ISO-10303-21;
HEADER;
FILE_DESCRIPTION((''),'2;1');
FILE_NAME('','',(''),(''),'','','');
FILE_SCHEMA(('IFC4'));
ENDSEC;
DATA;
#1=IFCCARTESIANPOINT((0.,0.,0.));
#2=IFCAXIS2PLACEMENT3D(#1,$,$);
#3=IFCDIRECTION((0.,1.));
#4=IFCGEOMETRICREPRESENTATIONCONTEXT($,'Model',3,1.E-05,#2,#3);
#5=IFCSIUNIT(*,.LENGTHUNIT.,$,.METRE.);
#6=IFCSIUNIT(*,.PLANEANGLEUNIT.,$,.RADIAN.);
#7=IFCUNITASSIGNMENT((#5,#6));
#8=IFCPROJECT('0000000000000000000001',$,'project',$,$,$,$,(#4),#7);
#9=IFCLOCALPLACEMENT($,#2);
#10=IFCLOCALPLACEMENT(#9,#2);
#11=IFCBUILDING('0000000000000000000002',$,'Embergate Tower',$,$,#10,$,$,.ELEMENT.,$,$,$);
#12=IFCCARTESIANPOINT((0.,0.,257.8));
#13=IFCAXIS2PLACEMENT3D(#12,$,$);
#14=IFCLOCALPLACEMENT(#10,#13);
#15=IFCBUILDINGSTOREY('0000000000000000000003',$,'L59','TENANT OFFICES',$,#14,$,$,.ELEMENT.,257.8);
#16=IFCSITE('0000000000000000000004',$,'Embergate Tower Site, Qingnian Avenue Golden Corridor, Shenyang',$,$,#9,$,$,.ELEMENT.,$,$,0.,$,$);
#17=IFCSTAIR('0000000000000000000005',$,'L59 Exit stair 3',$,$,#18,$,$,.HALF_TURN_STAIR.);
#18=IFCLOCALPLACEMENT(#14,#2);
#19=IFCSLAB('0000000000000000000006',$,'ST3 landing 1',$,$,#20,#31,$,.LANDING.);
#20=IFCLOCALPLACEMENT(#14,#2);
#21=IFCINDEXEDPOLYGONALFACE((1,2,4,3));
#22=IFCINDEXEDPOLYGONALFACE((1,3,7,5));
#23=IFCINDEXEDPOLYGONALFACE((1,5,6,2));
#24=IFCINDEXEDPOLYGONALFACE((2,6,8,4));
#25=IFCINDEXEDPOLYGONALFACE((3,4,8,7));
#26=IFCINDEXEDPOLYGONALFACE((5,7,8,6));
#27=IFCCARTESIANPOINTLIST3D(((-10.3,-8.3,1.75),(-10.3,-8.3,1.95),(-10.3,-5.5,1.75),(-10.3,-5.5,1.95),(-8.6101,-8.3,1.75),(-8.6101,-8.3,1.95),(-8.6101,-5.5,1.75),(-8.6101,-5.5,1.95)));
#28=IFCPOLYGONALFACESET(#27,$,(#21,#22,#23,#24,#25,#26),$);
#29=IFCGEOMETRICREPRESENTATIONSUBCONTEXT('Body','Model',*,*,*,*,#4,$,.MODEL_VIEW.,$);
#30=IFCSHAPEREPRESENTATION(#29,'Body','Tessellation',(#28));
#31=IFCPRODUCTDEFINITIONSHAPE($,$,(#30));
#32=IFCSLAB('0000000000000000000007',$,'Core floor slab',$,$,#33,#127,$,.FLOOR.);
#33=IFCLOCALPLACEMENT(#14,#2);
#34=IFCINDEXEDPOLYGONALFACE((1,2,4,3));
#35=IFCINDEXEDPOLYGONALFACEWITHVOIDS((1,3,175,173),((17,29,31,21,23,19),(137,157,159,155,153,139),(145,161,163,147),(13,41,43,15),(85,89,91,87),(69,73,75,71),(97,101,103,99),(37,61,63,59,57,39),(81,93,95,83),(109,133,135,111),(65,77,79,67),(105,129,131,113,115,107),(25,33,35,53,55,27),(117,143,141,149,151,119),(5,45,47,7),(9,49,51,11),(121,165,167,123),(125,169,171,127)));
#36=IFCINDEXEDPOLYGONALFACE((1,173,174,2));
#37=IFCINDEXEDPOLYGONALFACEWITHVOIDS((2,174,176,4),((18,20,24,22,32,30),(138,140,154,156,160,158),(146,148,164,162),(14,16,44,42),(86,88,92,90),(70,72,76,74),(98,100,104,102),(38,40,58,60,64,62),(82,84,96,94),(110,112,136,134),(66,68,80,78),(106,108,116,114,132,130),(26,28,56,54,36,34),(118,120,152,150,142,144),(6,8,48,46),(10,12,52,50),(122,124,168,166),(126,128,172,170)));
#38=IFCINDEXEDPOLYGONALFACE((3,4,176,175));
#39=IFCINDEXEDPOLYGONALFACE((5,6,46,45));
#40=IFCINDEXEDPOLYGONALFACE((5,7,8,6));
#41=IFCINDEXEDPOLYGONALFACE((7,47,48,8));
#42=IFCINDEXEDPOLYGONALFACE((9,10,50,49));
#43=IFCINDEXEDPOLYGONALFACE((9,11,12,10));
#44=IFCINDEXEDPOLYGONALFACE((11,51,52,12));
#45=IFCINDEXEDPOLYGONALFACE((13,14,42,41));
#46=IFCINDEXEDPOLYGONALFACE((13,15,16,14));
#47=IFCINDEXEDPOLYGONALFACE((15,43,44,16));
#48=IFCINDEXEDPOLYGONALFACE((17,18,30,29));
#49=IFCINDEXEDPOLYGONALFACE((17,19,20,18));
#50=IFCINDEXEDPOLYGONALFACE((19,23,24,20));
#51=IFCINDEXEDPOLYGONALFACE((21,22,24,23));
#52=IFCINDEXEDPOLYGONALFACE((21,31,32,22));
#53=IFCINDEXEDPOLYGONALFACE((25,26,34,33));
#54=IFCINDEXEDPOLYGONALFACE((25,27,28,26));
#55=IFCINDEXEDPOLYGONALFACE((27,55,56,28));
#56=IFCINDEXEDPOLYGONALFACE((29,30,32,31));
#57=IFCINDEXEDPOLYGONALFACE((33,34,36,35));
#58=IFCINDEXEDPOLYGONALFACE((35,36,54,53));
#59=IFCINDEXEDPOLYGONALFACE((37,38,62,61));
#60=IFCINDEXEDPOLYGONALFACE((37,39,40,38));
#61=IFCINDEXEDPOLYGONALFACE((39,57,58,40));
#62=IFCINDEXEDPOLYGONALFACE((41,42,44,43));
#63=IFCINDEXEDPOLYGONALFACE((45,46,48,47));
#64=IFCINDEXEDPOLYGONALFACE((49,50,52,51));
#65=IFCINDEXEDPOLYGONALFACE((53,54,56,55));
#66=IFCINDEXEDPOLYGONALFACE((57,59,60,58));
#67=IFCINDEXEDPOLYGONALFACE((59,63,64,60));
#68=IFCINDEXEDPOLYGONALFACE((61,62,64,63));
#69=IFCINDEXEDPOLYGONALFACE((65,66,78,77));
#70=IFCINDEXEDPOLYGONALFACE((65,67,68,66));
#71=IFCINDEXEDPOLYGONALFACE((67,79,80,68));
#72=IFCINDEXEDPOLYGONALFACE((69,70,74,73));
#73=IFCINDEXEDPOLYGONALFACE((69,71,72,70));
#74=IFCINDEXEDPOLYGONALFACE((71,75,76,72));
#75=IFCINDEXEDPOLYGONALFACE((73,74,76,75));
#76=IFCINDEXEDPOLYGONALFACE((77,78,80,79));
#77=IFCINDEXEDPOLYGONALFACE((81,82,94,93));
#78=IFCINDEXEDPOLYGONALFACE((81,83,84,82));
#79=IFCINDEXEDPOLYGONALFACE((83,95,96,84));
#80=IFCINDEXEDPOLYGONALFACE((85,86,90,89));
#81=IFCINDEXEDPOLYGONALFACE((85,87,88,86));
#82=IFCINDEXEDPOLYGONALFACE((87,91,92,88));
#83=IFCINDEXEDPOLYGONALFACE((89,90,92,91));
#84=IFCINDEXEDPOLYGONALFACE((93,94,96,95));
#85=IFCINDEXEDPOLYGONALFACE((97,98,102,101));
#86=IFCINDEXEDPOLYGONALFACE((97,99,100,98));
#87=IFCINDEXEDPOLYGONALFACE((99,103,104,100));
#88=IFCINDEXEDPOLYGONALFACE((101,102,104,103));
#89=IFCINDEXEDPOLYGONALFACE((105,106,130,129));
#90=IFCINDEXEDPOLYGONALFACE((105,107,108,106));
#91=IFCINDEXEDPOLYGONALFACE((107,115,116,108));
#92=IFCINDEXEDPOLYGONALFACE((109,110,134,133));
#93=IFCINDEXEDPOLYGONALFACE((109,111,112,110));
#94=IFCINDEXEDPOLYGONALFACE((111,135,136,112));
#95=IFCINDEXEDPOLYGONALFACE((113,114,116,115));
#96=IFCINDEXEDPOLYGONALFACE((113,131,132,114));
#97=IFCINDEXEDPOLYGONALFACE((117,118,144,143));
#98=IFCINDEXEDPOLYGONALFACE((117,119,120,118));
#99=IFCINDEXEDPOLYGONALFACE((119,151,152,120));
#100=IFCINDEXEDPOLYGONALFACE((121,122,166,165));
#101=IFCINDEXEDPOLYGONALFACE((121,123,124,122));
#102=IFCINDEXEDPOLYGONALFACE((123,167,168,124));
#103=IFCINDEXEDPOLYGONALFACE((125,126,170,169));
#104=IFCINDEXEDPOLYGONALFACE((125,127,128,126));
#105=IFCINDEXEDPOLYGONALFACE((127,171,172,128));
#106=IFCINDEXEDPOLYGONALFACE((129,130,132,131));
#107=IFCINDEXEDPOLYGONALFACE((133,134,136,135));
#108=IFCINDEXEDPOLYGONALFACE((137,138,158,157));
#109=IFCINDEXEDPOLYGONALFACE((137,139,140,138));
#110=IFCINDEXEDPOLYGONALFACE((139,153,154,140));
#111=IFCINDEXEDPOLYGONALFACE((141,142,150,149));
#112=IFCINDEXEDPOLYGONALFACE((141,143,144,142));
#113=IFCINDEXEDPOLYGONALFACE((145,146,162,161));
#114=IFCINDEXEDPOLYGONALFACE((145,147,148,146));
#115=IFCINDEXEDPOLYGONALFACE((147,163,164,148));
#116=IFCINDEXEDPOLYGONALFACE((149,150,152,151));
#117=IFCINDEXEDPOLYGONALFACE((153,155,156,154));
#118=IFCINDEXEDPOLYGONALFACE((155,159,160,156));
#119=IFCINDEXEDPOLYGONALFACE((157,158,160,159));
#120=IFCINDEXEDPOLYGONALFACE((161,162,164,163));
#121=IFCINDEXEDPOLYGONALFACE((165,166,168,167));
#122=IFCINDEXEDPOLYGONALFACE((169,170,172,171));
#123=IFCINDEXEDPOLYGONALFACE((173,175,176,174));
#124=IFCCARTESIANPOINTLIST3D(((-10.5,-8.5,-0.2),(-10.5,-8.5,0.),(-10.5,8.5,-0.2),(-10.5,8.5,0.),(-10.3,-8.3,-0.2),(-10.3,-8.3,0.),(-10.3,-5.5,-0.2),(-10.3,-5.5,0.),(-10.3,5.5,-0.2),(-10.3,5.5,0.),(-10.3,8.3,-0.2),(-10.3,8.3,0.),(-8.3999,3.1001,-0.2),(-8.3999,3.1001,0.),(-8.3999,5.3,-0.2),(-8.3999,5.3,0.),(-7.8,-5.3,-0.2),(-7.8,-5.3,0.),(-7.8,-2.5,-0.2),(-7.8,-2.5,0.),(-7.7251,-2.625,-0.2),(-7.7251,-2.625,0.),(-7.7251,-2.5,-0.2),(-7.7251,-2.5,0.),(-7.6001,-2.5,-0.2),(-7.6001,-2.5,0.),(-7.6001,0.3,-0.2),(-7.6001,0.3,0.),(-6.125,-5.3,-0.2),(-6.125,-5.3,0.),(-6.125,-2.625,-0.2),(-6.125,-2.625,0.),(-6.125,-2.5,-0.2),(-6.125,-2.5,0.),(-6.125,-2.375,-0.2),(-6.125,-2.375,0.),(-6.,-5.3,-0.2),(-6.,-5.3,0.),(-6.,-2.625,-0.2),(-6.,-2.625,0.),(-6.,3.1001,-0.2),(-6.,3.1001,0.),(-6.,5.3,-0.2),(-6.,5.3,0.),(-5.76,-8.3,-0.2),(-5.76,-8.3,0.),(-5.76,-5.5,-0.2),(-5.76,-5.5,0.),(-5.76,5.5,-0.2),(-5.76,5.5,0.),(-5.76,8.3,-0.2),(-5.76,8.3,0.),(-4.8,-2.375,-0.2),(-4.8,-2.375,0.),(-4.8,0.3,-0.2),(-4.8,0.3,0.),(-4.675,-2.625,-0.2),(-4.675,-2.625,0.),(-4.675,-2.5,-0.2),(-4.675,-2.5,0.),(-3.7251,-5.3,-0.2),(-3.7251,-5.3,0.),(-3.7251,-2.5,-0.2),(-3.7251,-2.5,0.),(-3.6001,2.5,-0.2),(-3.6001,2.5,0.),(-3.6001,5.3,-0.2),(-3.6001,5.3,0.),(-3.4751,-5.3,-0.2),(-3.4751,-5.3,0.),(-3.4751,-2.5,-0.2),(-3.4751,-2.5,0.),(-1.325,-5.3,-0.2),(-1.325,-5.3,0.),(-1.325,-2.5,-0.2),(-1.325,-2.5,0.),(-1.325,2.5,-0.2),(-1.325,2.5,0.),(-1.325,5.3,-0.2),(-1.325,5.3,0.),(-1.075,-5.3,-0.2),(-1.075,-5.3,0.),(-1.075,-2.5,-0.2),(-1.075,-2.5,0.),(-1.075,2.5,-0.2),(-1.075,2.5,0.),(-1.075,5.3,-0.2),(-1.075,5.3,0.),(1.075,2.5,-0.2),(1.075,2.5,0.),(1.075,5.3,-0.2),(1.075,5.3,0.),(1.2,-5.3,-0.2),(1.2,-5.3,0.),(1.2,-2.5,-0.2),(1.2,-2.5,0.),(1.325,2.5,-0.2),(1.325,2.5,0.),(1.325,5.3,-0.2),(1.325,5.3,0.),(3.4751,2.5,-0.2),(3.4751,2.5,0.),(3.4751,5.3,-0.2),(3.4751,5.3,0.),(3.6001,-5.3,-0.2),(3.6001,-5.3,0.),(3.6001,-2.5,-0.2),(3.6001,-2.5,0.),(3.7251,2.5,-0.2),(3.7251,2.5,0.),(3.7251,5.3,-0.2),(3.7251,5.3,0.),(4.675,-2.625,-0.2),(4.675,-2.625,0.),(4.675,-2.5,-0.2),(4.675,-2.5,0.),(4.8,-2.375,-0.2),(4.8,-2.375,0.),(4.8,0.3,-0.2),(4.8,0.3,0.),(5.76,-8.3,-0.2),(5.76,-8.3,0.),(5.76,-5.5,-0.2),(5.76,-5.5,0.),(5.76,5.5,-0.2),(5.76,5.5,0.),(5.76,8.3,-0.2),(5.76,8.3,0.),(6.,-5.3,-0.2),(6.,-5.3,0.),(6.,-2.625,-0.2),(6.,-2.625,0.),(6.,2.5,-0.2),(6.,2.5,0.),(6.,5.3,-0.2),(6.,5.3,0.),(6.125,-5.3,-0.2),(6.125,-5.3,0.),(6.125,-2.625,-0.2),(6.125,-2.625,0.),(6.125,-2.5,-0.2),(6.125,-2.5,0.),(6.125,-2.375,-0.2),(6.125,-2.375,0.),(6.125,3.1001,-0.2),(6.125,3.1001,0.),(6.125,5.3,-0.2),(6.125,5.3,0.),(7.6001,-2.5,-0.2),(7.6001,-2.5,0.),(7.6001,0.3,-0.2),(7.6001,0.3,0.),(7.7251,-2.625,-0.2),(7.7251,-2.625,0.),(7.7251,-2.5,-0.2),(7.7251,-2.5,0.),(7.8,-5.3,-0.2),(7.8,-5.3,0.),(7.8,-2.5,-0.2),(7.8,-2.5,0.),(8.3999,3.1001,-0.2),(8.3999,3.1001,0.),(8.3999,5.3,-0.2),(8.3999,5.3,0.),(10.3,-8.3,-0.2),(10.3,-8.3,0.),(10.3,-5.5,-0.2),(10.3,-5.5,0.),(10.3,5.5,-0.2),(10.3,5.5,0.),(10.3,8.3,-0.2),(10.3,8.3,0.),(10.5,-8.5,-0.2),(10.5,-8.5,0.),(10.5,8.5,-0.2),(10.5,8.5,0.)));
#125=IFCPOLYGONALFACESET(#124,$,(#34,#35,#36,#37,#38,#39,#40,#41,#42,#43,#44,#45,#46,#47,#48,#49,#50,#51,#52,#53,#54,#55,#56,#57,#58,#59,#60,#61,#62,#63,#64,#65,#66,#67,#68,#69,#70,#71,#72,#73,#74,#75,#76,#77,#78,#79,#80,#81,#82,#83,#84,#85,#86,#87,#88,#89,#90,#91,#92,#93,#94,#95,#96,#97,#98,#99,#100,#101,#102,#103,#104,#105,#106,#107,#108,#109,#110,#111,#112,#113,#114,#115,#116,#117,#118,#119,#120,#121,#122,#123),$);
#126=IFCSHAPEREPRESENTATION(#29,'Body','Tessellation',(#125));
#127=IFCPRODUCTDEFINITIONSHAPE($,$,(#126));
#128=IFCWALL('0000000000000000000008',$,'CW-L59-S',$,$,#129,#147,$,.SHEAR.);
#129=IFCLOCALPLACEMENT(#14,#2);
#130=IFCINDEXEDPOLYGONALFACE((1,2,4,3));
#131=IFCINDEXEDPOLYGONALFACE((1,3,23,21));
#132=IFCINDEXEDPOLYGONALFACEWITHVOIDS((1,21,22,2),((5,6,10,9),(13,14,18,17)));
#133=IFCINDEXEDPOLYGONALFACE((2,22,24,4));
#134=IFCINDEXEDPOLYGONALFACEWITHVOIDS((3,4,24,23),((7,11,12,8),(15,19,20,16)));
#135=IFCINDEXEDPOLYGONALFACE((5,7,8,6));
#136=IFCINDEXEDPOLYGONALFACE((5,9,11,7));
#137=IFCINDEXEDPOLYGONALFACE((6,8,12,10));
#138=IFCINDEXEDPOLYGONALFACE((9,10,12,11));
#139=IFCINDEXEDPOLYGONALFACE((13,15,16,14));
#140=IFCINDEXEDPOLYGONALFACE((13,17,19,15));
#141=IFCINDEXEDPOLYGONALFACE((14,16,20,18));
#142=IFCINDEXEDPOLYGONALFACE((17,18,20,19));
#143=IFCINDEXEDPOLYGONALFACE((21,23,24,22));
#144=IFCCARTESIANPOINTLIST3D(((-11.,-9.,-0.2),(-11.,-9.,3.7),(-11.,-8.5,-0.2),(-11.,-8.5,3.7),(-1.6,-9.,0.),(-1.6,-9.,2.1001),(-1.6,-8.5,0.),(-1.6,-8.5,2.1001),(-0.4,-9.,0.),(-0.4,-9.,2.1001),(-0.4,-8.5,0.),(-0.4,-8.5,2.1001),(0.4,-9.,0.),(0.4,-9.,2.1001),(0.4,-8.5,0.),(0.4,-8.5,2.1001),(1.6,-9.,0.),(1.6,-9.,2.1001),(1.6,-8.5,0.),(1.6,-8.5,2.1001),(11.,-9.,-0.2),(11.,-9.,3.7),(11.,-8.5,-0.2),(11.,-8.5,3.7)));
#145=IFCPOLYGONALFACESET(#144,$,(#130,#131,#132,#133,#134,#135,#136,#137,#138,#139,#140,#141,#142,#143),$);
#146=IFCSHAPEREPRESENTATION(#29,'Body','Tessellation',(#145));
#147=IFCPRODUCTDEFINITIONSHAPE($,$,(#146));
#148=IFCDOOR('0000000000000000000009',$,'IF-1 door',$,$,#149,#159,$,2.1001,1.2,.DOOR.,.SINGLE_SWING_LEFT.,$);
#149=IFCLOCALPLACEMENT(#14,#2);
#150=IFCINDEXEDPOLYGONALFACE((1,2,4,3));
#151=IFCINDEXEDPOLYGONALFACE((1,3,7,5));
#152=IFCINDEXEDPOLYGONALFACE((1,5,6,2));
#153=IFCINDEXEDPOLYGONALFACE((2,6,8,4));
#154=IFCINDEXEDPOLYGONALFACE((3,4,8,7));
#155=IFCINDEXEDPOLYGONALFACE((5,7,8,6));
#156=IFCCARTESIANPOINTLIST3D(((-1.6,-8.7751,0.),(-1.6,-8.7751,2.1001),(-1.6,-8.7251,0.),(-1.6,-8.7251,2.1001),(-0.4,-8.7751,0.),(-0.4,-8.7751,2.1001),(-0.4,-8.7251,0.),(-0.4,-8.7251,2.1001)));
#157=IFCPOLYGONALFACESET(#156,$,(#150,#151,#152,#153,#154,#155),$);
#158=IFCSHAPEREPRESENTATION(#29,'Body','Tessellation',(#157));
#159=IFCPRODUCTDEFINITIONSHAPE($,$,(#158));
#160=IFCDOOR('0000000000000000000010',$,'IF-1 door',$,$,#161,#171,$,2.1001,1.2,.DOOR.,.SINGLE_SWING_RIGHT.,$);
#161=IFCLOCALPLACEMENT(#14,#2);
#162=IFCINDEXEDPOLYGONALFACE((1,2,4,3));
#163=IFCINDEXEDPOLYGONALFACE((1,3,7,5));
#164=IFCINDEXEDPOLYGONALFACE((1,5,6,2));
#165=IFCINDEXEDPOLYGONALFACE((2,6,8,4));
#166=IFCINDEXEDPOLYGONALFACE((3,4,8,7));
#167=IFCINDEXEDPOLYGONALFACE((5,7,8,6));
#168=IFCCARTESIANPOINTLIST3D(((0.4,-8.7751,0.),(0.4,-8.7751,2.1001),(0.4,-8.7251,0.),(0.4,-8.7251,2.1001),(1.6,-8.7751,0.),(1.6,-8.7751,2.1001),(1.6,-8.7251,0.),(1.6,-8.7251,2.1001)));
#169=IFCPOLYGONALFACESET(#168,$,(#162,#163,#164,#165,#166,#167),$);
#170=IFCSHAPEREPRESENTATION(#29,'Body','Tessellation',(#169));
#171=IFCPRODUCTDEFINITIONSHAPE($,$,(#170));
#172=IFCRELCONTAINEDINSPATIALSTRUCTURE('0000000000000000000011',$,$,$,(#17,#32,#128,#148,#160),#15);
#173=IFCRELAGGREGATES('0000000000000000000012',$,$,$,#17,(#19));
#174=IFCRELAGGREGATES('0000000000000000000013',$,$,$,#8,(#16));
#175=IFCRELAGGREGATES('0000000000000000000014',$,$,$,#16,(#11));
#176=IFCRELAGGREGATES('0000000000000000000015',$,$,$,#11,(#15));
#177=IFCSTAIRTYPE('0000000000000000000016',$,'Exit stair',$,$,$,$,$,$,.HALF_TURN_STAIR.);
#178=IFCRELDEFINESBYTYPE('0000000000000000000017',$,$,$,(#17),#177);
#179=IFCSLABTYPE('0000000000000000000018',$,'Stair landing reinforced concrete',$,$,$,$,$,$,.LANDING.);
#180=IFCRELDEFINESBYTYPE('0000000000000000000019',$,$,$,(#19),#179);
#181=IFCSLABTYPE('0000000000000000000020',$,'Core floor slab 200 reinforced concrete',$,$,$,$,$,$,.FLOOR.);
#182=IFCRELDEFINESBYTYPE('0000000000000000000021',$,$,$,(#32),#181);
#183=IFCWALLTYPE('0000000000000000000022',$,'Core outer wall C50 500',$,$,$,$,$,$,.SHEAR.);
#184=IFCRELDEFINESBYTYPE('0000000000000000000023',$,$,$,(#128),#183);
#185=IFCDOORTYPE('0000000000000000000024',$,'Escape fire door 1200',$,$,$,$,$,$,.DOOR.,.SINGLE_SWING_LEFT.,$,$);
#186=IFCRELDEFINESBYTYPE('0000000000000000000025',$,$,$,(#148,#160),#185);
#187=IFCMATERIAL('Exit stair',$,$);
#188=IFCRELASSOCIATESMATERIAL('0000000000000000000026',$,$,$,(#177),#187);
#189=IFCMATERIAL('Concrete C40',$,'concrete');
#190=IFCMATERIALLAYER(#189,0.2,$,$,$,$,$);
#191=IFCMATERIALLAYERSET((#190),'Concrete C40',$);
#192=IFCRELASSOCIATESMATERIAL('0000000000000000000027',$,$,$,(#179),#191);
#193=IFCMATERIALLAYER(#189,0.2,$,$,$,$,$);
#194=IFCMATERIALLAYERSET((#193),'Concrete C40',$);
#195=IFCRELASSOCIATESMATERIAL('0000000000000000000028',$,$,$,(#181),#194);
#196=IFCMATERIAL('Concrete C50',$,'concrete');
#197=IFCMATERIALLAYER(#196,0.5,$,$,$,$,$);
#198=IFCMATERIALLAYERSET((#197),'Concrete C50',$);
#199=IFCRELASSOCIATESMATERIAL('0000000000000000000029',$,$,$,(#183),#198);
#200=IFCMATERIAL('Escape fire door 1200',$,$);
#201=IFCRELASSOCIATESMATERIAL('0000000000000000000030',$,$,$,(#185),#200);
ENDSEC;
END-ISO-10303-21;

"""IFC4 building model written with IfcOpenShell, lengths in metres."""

from ifc_helpers import new_model, si_unit, direction, frame, frame_2d, origin, place, context, subcontext, project, spatial, polyline, rectangle, outline, extrude, source, transform, mapped, material, layer, layer_set, type_object, element, fill, aggregate, save


model = new_model("IFC4")

# Units and contexts
model_context = context("Model", 3, precision=1e-05, world=origin(), true_north=direction((0.0, 1.0)))
body_context = subcontext(model_context, "Body", "Model", "MODEL_VIEW")
ifc_project = project(units=[si_unit("LENGTHUNIT", "METRE"), si_unit("PLANEANGLEUNIT", "RADIAN")], contexts=[model_context])

# Site, building, storey
site_placement = place(None, origin())
site = spatial("IfcSite", under=ifc_project, at=site_placement, Name="Embergate Tower Site, Qingnian Avenue Golden Corridor, Shenyang", CompositionType="ELEMENT", RefElevation=0.0)
building_placement = place(site_placement, origin())
building = spatial("IfcBuilding", under=site, at=building_placement, Name="Embergate Tower", CompositionType="ELEMENT")
storey_placement = place(building_placement, frame((0.0, 0.0, 257.8)))
storey = spatial("IfcBuildingStorey", under=building, at=storey_placement, Name="L59", Description="TENANT OFFICES", CompositionType="ELEMENT", Elevation=257.8)

# Stair, slab
ifc_material_1 = material(Name="Exit stair")
stair_type = type_object("IfcStairType", Name="Exit stair", PredefinedType="HALF_TURN_STAIR", material=ifc_material_1)
stair_placement = place(storey_placement, origin())
stair = element("IfcStair", 1, at=stair_placement, inside=storey, type_object=stair_type, Name="L59 Exit stair 3", PredefinedType="HALF_TURN_STAIR")
ifc_material_2 = material(Name="Concrete C40", Category="concrete")
ifc_layer_1 = layer(ifc_material_2, 0.2)
ifc_layer_set_1 = layer_set([ifc_layer_1], Name="Concrete C40")
slab_type_1 = type_object("IfcSlabType", Name="Stair landing reinforced concrete", PredefinedType="LANDING", material=ifc_layer_set_1)
shared_shape_1 = source(origin(), body_context, "Body", "SweptSolid", [
    extrude(outline(polyline([(0.0, 0.0), (1.6899, 0.0), (1.6899, 2.8), (0.0, 2.8), (0.0, 0.0)])), origin(), (0.0, 0.0, 1.0), 0.2),
])
slab_1_placement = place(storey_placement, frame((-10.3, -8.3, 1.75)))
slab_1 = element("IfcSlab", 2, at=slab_1_placement, type_object=slab_type_1, Name="ST3 landing 1", PredefinedType="LANDING", context=body_context, shape_type="MappedRepresentation", body=[
    mapped(shared_shape_1, transform((0.0, 0.0, 0.0))),
])
aggregate(stair, [slab_1])

# Slab
ifc_layer_2 = layer(ifc_material_2, 0.2)
ifc_layer_set_2 = layer_set([ifc_layer_2], Name="Concrete C40")
slab_type_2 = type_object("IfcSlabType", Name="Core floor slab 200 reinforced concrete", PredefinedType="FLOOR", material=ifc_layer_set_2)
shared_shape_2 = source(origin(), body_context, "Body", "SweptSolid", [
    extrude(outline(polyline([(0.0, 0.0), (21.0, 0.0), (21.0, 17.0), (0.0, 17.0), (0.0, 0.0)]), holes=[polyline([(0.2, 0.2), (0.2, 3.0), (4.74, 3.0), (4.74, 0.2), (0.2, 0.2)]), polyline([(16.26, 0.2), (16.26, 3.0), (20.8, 3.0), (20.8, 0.2), (16.26, 0.2)]), polyline([(2.7, 3.2), (2.7, 6.0), (2.7749, 6.0), (2.7749, 5.875), (4.375, 5.875), (4.375, 3.2), (2.7, 3.2)]), polyline([(4.5, 3.2), (4.5, 5.875), (5.825, 5.875), (5.825, 6.0), (6.7749, 6.0), (6.7749, 3.2), (4.5, 3.2)]), polyline([(7.0249, 3.2), (7.0249, 6.0), (9.175, 6.0), (9.175, 3.2), (7.0249, 3.2)]), polyline([(9.425, 3.2), (9.425, 6.0), (11.7, 6.0), (11.7, 3.2), (9.425, 3.2)]), polyline([(14.1001, 3.2), (14.1001, 6.0), (15.175, 6.0), (15.175, 5.875), (16.5, 5.875), (16.5, 3.2), (14.1001, 3.2)]), polyline([(16.625, 3.2), (16.625, 5.875), (18.2251, 5.875), (18.2251, 6.0), (18.3, 6.0), (18.3, 3.2), (16.625, 3.2)]), polyline([(2.8999, 6.0), (2.8999, 8.8), (5.7, 8.8), (5.7, 6.125), (4.375, 6.125), (4.375, 6.0), (2.8999, 6.0)]), polyline([(16.625, 6.0), (16.625, 6.125), (15.3, 6.125), (15.3, 8.8), (18.1001, 8.8), (18.1001, 6.0), (16.625, 6.0)]), polyline([(6.8999, 11.0), (6.8999, 13.8), (9.175, 13.8), (9.175, 11.0), (6.8999, 11.0)]), polyline([(9.425, 11.0), (9.425, 13.8), (11.575, 13.8), (11.575, 11.0), (9.425, 11.0)]), polyline([(11.825, 11.0), (11.825, 13.8), (13.9751, 13.8), (13.9751, 11.0), (11.825, 11.0)]), polyline([(14.2251, 11.0), (14.2251, 13.8), (16.5, 13.8), (16.5, 11.0), (14.2251, 11.0)]), polyline([(2.1001, 11.6001), (2.1001, 13.8), (4.5, 13.8), (4.5, 11.6001), (2.1001, 11.6001)]), polyline([(16.625, 11.6001), (16.625, 13.8), (18.8999, 13.8), (18.8999, 11.6001), (16.625, 11.6001)]), polyline([(0.2, 14.0), (0.2, 16.8), (4.74, 16.8), (4.74, 14.0), (0.2, 14.0)]), polyline([(16.26, 14.0), (16.26, 16.8), (20.8, 16.8), (20.8, 14.0), (16.26, 14.0)])]), origin(), (0.0, 0.0, 1.0), 0.2),
])
slab_2_placement = place(storey_placement, frame((-10.5, -8.5, -0.2)))
element("IfcSlab", 3, at=slab_2_placement, inside=storey, type_object=slab_type_2, Name="Core floor slab", PredefinedType="FLOOR", context=body_context, shape_type="MappedRepresentation", body=[
    mapped(shared_shape_2, transform((0.0, 0.0, 0.0))),
])

# Wall, openings, doors
ifc_material_3 = material(Name="Concrete C50", Category="concrete")
ifc_layer_3 = layer(ifc_material_3, 0.5)
ifc_layer_set_3 = layer_set([ifc_layer_3], Name="Concrete C50")
wall_type_1 = type_object("IfcWallType", Name="Core outer wall C50 500", PredefinedType="SHEAR", material=ifc_layer_set_3)
shared_shape_3 = source(origin(), body_context, "Body", "SweptSolid", [
    extrude(rectangle(XDim=22.0, YDim=0.5, at=frame_2d((11.0, 0.0))), origin(), (0.0, 0.0, 1.0), 3.8999),
])
wall_1_placement = place(storey_placement, frame((-11.0, -8.75, -0.2), z_axis=(0.0, 0.0, 1.0), x_axis=(1.0, 0.0, 0.0)))
wall_1 = element("IfcWall", 4, at=wall_1_placement, inside=storey, type_object=wall_type_1, Name="CW-L59-S", PredefinedType="SHEAR", context=body_context, shape_type="MappedRepresentation", body=[
    mapped(shared_shape_3, transform((0.0, 0.0, 0.0))),
])
shared_shape_4 = source(origin(), body_context, "Body", "SweptSolid", [
    extrude(rectangle(XDim=1.2, YDim=2.1001, at=frame_2d((0.6001, 1.05))), frame((0.0, 0.26, 0.0), z_axis=(0.0, -1.0, 0.0), x_axis=(1.0, 0.0, 0.0)), (0.0, 0.0, 1.0), 0.52),
])
opening_1_placement = place(wall_1_placement, frame((9.3999, 0.0, 0.2)))
opening_1 = element("IfcOpeningElement", 5, at=opening_1_placement, cuts=wall_1, PredefinedType="OPENING", context=body_context, shape_type="MappedRepresentation", body=[
    mapped(shared_shape_4, transform((0.0, 0.0, 0.0))),
])
opening_2_placement = place(wall_1_placement, frame((11.3999, 0.0, 0.2)))
opening_2 = element("IfcOpeningElement", 6, at=opening_2_placement, cuts=wall_1, PredefinedType="OPENING", context=body_context, shape_type="MappedRepresentation", body=[
    mapped(shared_shape_4, transform((0.0, 0.0, 0.0))),
])
ifc_material_4 = material(Name="Escape fire door 1200")
door_type_1 = type_object("IfcDoorType", Name="Escape fire door 1200", OperationType="SINGLE_SWING_LEFT", PredefinedType="DOOR", material=ifc_material_4)
shared_shape_5 = source(origin(), body_context, "Body", "SweptSolid", [
    extrude(rectangle(XDim=1.2, YDim=2.1001, at=frame_2d((0.6001, 1.05))), frame((0.0, 0.0249, 0.0), z_axis=(0.0, -1.0, 0.0), x_axis=(1.0, 0.0, 0.0)), (0.0, 0.0, 1.0), 0.05),
])
door_1_placement = place(opening_1_placement, origin())
door_1 = element("IfcDoor", 7, at=door_1_placement, inside=storey, type_object=door_type_1, Name="IF-1 door", OperationType="SINGLE_SWING_LEFT", OverallHeight=2.1001, OverallWidth=1.2, PredefinedType="DOOR", context=body_context, shape_type="MappedRepresentation", body=[
    mapped(shared_shape_5, transform((0.0, 0.0, 0.0))),
])
fill(opening_1, door_1)
door_2_placement = place(opening_2_placement, origin())
door_2 = element("IfcDoor", 8, at=door_2_placement, inside=storey, type_object=door_type_1, Name="IF-1 door", OperationType="SINGLE_SWING_RIGHT", OverallHeight=2.1001, OverallWidth=1.2, PredefinedType="DOOR", context=body_context, shape_type="MappedRepresentation", body=[
    mapped(shared_shape_5, transform((0.0, 0.0, 0.0))),
])
fill(opening_2, door_2)

save(model, "model.ifc")
